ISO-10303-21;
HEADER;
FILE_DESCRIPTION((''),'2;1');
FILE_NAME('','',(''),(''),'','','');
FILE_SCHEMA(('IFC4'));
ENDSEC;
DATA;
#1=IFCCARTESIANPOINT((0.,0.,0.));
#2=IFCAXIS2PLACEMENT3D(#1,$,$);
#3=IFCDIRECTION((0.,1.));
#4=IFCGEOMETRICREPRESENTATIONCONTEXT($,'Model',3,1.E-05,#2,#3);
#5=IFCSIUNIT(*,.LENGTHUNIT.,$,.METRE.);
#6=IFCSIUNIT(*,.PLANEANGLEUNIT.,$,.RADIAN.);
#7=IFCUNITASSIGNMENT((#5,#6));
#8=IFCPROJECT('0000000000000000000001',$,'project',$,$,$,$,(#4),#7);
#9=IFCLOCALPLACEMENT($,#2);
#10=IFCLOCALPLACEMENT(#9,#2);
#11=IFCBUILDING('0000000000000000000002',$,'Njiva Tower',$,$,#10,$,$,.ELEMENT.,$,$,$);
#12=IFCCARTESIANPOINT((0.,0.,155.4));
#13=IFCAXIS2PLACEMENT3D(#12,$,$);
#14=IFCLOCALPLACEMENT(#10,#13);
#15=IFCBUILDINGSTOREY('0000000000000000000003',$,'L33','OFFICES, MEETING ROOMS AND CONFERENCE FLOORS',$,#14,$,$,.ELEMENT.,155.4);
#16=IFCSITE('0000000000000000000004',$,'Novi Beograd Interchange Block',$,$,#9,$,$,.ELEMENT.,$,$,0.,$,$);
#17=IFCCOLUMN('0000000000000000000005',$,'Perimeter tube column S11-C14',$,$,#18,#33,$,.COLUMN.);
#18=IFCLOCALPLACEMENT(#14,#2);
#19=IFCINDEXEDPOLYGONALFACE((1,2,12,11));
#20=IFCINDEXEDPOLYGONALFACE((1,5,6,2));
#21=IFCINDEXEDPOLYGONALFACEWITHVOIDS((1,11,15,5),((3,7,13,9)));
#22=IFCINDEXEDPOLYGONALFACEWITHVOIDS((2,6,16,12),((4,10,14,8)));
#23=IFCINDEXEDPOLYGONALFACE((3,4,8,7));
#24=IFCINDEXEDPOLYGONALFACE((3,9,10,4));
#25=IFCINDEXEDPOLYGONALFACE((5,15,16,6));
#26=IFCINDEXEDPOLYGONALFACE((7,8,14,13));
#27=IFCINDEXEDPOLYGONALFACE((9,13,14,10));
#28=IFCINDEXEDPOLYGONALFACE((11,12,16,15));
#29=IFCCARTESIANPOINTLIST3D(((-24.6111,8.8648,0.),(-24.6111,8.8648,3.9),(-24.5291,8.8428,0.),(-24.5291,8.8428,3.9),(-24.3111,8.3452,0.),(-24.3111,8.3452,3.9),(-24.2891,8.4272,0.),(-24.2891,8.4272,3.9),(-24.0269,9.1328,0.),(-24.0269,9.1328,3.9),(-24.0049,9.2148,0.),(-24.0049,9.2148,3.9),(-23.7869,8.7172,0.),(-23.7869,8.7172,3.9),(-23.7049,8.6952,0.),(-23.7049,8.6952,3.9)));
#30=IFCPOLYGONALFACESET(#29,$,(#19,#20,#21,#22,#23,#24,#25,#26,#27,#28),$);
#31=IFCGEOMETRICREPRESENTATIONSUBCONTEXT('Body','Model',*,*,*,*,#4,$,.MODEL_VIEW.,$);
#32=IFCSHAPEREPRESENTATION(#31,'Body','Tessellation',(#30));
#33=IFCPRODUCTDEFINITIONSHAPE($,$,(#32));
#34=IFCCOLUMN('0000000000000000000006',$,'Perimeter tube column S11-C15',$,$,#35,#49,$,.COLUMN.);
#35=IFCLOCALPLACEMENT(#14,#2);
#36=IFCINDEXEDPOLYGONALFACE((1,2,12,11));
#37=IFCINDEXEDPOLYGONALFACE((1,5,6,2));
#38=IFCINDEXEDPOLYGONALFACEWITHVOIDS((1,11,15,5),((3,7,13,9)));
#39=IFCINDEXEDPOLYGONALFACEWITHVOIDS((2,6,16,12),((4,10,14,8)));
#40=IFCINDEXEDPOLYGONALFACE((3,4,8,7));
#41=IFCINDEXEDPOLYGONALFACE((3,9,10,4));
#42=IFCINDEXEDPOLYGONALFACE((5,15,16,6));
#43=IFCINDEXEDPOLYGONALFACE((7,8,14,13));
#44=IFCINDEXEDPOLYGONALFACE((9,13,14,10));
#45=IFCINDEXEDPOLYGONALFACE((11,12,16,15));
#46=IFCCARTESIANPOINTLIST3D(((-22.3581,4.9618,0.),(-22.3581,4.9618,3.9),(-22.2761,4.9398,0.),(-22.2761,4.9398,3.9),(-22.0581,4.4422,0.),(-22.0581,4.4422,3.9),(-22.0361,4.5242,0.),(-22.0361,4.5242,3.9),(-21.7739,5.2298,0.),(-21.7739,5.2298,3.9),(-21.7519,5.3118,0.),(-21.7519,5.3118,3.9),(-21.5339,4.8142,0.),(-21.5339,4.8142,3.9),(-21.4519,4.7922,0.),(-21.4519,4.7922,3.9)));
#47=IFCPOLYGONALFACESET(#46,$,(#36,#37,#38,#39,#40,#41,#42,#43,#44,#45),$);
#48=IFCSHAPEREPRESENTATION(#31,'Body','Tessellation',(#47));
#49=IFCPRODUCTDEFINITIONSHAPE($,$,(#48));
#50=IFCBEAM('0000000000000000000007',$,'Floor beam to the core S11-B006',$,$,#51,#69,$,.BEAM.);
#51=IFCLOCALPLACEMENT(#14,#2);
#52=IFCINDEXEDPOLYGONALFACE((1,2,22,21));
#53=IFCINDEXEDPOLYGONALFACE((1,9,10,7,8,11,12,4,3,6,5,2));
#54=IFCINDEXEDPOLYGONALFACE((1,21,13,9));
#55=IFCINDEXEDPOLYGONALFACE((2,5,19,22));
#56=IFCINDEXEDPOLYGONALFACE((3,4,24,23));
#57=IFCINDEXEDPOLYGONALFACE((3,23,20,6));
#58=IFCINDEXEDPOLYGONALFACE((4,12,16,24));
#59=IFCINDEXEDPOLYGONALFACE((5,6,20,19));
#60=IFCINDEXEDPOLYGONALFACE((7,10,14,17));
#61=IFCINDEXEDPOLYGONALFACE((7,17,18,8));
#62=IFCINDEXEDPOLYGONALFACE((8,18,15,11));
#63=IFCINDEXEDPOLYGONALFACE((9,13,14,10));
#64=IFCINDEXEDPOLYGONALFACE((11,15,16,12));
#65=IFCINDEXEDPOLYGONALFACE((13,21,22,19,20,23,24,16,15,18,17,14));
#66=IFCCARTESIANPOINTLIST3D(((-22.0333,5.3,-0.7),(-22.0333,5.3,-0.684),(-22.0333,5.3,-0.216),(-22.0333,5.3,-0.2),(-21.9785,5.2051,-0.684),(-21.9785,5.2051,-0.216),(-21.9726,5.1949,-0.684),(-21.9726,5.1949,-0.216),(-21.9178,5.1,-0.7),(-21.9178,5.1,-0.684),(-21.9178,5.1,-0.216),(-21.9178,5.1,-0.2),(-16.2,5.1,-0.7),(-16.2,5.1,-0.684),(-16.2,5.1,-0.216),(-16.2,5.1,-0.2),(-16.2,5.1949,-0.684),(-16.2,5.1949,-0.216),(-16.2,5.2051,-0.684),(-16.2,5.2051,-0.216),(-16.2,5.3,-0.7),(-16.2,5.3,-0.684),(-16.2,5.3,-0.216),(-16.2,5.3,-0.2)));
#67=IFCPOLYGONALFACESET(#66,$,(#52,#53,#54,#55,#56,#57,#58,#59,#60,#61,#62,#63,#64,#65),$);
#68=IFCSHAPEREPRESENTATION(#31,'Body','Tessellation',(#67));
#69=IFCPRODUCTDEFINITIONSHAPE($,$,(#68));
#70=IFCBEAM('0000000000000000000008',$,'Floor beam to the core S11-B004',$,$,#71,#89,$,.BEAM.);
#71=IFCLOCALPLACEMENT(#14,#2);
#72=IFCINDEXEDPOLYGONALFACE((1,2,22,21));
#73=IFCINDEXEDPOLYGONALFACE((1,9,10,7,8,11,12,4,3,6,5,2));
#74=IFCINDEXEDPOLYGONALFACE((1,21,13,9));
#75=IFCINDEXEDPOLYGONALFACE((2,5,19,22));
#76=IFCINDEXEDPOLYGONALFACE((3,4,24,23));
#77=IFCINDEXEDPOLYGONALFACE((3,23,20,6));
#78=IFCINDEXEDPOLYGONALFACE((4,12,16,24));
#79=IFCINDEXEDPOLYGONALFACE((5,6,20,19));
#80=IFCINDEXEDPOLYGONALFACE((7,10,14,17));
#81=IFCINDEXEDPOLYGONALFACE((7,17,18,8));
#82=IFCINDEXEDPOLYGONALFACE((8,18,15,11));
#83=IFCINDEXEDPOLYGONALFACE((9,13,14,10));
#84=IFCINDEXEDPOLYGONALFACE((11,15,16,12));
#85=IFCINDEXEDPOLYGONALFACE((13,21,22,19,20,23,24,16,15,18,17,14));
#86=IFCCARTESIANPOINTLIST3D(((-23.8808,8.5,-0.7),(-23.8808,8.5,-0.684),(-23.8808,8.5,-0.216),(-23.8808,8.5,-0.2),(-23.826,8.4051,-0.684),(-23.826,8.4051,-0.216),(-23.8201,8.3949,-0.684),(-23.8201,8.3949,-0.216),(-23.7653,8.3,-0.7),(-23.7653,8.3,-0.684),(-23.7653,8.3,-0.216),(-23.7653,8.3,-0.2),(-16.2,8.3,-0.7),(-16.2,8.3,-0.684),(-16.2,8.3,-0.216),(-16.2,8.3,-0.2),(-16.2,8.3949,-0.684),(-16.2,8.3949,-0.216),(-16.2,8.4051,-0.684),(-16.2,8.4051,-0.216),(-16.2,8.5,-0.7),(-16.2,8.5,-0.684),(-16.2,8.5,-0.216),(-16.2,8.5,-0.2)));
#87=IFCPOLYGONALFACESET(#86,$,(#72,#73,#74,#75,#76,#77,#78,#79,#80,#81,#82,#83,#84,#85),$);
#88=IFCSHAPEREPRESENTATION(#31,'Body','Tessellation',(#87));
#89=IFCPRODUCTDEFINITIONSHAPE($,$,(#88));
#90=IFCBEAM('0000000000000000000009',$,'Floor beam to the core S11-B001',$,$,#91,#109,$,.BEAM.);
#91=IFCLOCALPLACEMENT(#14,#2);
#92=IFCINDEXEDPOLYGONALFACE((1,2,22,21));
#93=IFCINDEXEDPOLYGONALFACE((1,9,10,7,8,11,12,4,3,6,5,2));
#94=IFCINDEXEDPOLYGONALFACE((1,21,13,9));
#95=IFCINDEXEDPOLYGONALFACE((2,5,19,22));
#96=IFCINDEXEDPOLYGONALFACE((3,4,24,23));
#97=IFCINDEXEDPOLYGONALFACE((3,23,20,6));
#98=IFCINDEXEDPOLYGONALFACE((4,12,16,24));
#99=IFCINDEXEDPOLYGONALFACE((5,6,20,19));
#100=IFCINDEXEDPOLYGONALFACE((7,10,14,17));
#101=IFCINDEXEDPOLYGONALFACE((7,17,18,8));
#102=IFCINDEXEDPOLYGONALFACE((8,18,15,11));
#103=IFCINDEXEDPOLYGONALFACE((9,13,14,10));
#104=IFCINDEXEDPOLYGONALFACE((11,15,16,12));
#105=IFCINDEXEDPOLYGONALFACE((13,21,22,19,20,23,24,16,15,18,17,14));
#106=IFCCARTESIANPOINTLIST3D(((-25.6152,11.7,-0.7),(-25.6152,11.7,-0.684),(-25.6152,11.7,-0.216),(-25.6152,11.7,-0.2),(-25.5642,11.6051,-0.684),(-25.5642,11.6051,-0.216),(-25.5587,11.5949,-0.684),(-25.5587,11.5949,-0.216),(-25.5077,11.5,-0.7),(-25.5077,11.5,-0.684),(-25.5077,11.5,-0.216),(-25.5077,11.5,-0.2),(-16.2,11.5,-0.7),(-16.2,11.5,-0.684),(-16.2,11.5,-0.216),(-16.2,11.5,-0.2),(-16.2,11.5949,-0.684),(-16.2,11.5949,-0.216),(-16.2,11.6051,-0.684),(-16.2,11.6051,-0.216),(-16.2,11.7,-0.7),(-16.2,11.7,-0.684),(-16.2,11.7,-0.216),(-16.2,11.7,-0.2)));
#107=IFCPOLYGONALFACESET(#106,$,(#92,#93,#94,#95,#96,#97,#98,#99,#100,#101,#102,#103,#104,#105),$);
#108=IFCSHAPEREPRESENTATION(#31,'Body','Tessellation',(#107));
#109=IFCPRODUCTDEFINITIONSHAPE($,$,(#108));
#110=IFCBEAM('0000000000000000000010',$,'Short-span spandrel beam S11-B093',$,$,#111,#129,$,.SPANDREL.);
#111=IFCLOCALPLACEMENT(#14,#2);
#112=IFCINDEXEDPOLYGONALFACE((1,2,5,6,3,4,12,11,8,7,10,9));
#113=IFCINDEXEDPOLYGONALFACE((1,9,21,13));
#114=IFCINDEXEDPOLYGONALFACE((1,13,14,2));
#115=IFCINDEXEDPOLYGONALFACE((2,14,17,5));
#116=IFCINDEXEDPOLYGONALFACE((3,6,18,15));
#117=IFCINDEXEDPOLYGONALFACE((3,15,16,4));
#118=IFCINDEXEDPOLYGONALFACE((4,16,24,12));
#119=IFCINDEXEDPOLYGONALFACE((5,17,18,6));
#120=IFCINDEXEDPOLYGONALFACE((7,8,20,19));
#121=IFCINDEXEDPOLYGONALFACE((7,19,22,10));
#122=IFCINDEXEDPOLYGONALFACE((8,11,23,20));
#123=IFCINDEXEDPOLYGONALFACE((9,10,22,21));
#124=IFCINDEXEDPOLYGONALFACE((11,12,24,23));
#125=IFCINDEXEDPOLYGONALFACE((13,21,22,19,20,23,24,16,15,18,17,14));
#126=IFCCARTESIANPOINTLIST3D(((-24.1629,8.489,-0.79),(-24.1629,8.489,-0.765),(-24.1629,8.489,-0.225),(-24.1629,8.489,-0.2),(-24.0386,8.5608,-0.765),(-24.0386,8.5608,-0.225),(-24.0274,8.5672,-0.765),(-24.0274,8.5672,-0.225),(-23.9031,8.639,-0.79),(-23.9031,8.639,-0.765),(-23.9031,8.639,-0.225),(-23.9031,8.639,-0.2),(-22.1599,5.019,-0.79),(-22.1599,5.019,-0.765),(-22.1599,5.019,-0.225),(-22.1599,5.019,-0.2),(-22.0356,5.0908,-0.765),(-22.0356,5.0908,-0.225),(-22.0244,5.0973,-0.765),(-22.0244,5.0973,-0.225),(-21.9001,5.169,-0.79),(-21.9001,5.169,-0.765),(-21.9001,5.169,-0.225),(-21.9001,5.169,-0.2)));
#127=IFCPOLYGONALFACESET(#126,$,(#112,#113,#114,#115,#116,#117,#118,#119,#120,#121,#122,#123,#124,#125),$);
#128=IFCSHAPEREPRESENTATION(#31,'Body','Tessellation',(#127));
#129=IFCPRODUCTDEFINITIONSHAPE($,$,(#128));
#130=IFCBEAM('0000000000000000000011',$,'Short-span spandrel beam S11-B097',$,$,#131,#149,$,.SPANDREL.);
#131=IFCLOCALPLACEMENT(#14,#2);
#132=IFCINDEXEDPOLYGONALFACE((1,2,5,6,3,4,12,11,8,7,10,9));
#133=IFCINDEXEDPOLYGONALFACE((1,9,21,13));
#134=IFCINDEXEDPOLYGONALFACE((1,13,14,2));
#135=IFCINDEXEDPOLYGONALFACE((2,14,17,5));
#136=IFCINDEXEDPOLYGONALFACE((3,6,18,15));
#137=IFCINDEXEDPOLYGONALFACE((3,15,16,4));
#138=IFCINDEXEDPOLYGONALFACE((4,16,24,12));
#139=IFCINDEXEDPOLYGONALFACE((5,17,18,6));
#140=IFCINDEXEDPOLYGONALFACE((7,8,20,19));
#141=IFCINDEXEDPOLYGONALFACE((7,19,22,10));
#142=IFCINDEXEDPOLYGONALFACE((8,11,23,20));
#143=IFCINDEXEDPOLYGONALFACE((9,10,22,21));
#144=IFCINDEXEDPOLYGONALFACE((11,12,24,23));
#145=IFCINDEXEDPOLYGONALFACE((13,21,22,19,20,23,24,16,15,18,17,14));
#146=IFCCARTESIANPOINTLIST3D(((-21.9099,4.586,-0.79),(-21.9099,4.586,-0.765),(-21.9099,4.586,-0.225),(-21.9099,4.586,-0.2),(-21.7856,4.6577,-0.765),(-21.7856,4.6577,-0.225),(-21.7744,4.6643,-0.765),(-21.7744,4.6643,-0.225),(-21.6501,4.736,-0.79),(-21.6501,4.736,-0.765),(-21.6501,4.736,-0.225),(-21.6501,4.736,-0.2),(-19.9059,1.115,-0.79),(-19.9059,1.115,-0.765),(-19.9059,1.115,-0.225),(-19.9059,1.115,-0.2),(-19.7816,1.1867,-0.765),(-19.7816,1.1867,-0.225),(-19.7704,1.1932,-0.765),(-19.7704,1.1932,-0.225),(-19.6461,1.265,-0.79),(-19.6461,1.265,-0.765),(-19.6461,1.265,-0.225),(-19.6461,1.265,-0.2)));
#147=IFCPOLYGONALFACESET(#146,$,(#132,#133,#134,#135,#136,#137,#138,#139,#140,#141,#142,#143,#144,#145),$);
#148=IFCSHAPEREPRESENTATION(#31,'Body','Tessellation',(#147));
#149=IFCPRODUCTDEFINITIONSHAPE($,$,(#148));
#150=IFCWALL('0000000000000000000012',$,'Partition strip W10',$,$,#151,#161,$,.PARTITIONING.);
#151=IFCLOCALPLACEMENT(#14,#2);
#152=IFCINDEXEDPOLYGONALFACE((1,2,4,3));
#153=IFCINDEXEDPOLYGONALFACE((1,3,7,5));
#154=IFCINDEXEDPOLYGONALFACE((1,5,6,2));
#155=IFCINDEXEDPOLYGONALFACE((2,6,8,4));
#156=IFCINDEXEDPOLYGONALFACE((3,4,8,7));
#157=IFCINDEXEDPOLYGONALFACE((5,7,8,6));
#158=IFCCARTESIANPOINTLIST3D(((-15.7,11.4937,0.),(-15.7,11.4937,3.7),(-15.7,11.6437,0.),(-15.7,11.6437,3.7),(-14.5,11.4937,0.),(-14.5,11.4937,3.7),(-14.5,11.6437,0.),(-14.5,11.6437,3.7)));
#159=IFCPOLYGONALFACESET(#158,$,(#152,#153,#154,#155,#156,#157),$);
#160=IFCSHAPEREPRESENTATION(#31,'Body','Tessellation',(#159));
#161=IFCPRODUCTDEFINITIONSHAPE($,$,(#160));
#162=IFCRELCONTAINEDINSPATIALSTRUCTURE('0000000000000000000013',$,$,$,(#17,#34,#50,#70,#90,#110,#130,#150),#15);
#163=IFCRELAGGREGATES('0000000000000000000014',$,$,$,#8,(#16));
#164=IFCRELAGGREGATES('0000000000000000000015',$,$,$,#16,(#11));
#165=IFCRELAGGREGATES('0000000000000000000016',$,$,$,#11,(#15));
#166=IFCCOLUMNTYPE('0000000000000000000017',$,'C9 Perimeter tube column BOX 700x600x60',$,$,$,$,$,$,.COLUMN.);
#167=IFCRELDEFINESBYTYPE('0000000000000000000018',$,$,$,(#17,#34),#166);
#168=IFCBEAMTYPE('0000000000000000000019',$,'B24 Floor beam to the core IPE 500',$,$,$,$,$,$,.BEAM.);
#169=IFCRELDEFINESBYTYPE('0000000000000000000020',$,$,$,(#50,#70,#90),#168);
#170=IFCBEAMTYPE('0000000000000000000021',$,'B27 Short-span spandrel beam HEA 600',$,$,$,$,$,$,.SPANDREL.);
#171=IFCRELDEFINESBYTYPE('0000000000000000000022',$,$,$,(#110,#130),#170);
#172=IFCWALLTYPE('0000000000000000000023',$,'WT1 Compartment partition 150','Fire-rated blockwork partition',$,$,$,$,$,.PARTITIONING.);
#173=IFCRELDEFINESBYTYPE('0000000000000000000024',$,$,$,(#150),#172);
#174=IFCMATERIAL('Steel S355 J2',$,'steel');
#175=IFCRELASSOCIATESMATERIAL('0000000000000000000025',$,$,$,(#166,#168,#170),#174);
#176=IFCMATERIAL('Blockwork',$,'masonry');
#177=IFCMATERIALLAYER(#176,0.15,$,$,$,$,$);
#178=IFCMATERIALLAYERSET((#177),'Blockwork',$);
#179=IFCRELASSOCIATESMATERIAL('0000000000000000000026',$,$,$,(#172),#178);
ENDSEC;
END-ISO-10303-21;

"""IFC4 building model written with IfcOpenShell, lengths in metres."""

from ifc_helpers import new_model, si_unit, direction, frame, frame_2d, origin, origin_2d, place, context, subcontext, project, spatial, rectangle, hollow_rectangle, i_section, extrude, clip, halfspace, material, layer, layer_set, material_profile, profile_set, type_object, element, save


model = new_model("IFC4")

# Units and contexts
model_context = context("Model", 3, precision=1e-05, world=origin(), true_north=direction((0.0, 1.0)))
body_context = subcontext(model_context, "Body", "Model", "MODEL_VIEW")
ifc_project = project(units=[si_unit("LENGTHUNIT", "METRE"), si_unit("PLANEANGLEUNIT", "RADIAN")], contexts=[model_context])

# Site, building, storey
site_placement = place(None, origin())
site = spatial("IfcSite", under=ifc_project, at=site_placement, Name="Novi Beograd Interchange Block", CompositionType="ELEMENT", RefElevation=0.0)
building_placement = place(site_placement, origin())
building = spatial("IfcBuilding", under=site, at=building_placement, Name="Njiva Tower", CompositionType="ELEMENT")
storey_placement = place(building_placement, frame((0.0, 0.0, 155.4)))
storey = spatial("IfcBuildingStorey", under=building, at=storey_placement, Name="L33", Description="OFFICES, MEETING ROOMS AND CONFERENCE FLOORS", CompositionType="ELEMENT", Elevation=155.4)

# Columns
ifc_material_1 = material(Name="Steel S355 J2", Category="steel")
ifc_material_profile_1 = material_profile(ifc_material_1, hollow_rectangle(XDim=0.6, YDim=0.7, WallThickness=0.06, at=origin_2d()), Name="BOX 700x600x60")
ifc_profile_set_1 = profile_set([ifc_material_profile_1], Name="Steel S355 J2")
column_type = type_object("IfcColumnType", Name="C9 Perimeter tube column BOX 700x600x60", PredefinedType="COLUMN", material=ifc_profile_set_1)
for number, where, z_axis, x_axis, name in (
    (1, (-24.158, 8.78, 0.0), (0.0, 0.0, 1.0), (0.5, -0.866025, 0.0), "Perimeter tube column S11-C14"),
    (2, (-21.905, 4.877, 0.0), (0.0, 0.0, 1.0), (0.5, -0.866025, 0.0), "Perimeter tube column S11-C15"),
):
    element("IfcColumn", number, at=place(storey_placement, frame(where, z_axis=z_axis, x_axis=x_axis)), inside=storey, type_object=column_type, Name=name, PredefinedType="COLUMN", context=body_context, shape_type="SweptSolid", body=[
        extrude(hollow_rectangle(XDim=0.6, YDim=0.7, WallThickness=0.06, at=origin_2d()), origin(), (0.0, 0.0, 1.0), 3.9),
    ])

# Beams
ifc_material_profile_2 = material_profile(ifc_material_1, i_section(OverallWidth=0.2, OverallDepth=0.5, WebThickness=0.0102, FlangeThickness=0.016, at=origin_2d()), Name="IPE 500")
ifc_profile_set_2 = profile_set([ifc_material_profile_2], Name="Steel S355 J2")
beam_type_1 = type_object("IfcBeamType", Name="B24 Floor beam to the core IPE 500", PredefinedType="BEAM", material=ifc_profile_set_2)
beam_1_placement = place(storey_placement, frame((-22.054, 5.2, -0.45), z_axis=(1.0, 0.0, 0.0), x_axis=(0.0, 1.0, 0.0)))
element("IfcBeam", 3, at=beam_1_placement, inside=storey, type_object=beam_type_1, Name="Floor beam to the core S11-B006", PredefinedType="BEAM", context=body_context, shape_type="Clipping", body=[
    clip(extrude(i_section(OverallWidth=0.2, OverallDepth=0.5, WebThickness=0.0102, FlangeThickness=0.016, at=origin_2d()), origin(), (0.0, 0.0, 1.0), 5.854), halfspace(frame((-0.025, 0.0, 0.0929), z_axis=(-0.499998, 0.0, -0.866027), x_axis=(0.0, -1.0, 0.0)), False)),
])
beam_2_placement = place(storey_placement, frame((-23.901, 8.4, -0.45), z_axis=(1.0, 0.0, 0.0), x_axis=(0.0, 1.0, 0.0)))
element("IfcBeam", 4, at=beam_2_placement, inside=storey, type_object=beam_type_1, Name="Floor beam to the core S11-B004", PredefinedType="BEAM", context=body_context, shape_type="Clipping", body=[
    clip(extrude(i_section(OverallWidth=0.2, OverallDepth=0.5, WebThickness=0.0102, FlangeThickness=0.016, at=origin_2d()), origin(), (0.0, 0.0, 1.0), 7.701), halfspace(frame((-0.025, 0.0, 0.0924), z_axis=(-0.499998, 0.0, -0.866027), x_axis=(0.0, -1.0, 0.0)), False)),
])
beam_3_placement = place(storey_placement, frame((-25.635, 11.6, -0.45), z_axis=(1.0, 0.0, 0.0), x_axis=(0.0, 1.0, 0.0)))
element("IfcBeam", 5, at=beam_3_placement, inside=storey, type_object=beam_type_1, Name="Floor beam to the core S11-B001", PredefinedType="BEAM", context=body_context, shape_type="Clipping", body=[
    clip(extrude(i_section(OverallWidth=0.2, OverallDepth=0.5, WebThickness=0.0102, FlangeThickness=0.016, at=origin_2d()), origin(), (0.0, 0.0, 1.0), 9.435), halfspace(frame((-0.0237, 0.0, 0.0863), z_axis=(-0.473762, 0.0, -0.880653), x_axis=(0.0, -1.0, 0.0)), False)),
])
ifc_material_profile_3 = material_profile(ifc_material_1, i_section(OverallWidth=0.3, OverallDepth=0.59, WebThickness=0.013, FlangeThickness=0.025, at=origin_2d()), Name="HEA 600")
ifc_profile_set_3 = profile_set([ifc_material_profile_3], Name="Steel S355 J2")
beam_type_2 = type_object("IfcBeamType", Name="B27 Short-span spandrel beam HEA 600", PredefinedType="SPANDREL", material=ifc_profile_set_3)
beam_4_placement = place(storey_placement, frame((-24.033, 8.564, -0.495), z_axis=(0.499924, -0.866069, 0.0), x_axis=(0.866069, 0.499924, 0.0)))
element("IfcBeam", 6, at=beam_4_placement, inside=storey, type_object=beam_type_2, Name="Short-span spandrel beam S11-B093", PredefinedType="SPANDREL", context=body_context, shape_type="SweptSolid", body=[
    extrude(i_section(OverallWidth=0.3, OverallDepth=0.59, WebThickness=0.013, FlangeThickness=0.025, at=origin_2d()), origin(), (0.0, 0.0, 1.0), 4.0066),
])
beam_5_placement = place(storey_placement, frame((-21.78, 4.661, -0.495), z_axis=(0.500003, -0.866024, 0.0), x_axis=(0.866024, 0.500003, 0.0)))
element("IfcBeam", 7, at=beam_5_placement, inside=storey, type_object=beam_type_2, Name="Short-span spandrel beam S11-B097", PredefinedType="SPANDREL", context=body_context, shape_type="SweptSolid", body=[
    extrude(i_section(OverallWidth=0.3, OverallDepth=0.59, WebThickness=0.013, FlangeThickness=0.025, at=origin_2d()), origin(), (0.0, 0.0, 1.0), 4.008),
])

# Wall
ifc_material_2 = material(Name="Blockwork", Category="masonry")
ifc_layer_1 = layer(ifc_material_2, 0.15)
ifc_layer_set_1 = layer_set([ifc_layer_1], Name="Blockwork")
wall_type_1 = type_object("IfcWallType", Name="WT1 Compartment partition 150", Description="Fire-rated blockwork partition", PredefinedType="PARTITIONING", material=ifc_layer_set_1)
wall_1_placement = place(storey_placement, frame((-15.7, 11.5687, 0.0), z_axis=(0.0, 0.0, 1.0), x_axis=(1.0, 0.0, 0.0)))
element("IfcWall", 8, at=wall_1_placement, inside=storey, type_object=wall_type_1, Name="Partition strip W10", PredefinedType="PARTITIONING", context=body_context, shape_type="SweptSolid", body=[
    extrude(rectangle(XDim=1.2, YDim=0.15, at=frame_2d((0.6, 0.0))), origin(), (0.0, 0.0, 1.0), 3.7),
])

save(model, "model.ifc")
